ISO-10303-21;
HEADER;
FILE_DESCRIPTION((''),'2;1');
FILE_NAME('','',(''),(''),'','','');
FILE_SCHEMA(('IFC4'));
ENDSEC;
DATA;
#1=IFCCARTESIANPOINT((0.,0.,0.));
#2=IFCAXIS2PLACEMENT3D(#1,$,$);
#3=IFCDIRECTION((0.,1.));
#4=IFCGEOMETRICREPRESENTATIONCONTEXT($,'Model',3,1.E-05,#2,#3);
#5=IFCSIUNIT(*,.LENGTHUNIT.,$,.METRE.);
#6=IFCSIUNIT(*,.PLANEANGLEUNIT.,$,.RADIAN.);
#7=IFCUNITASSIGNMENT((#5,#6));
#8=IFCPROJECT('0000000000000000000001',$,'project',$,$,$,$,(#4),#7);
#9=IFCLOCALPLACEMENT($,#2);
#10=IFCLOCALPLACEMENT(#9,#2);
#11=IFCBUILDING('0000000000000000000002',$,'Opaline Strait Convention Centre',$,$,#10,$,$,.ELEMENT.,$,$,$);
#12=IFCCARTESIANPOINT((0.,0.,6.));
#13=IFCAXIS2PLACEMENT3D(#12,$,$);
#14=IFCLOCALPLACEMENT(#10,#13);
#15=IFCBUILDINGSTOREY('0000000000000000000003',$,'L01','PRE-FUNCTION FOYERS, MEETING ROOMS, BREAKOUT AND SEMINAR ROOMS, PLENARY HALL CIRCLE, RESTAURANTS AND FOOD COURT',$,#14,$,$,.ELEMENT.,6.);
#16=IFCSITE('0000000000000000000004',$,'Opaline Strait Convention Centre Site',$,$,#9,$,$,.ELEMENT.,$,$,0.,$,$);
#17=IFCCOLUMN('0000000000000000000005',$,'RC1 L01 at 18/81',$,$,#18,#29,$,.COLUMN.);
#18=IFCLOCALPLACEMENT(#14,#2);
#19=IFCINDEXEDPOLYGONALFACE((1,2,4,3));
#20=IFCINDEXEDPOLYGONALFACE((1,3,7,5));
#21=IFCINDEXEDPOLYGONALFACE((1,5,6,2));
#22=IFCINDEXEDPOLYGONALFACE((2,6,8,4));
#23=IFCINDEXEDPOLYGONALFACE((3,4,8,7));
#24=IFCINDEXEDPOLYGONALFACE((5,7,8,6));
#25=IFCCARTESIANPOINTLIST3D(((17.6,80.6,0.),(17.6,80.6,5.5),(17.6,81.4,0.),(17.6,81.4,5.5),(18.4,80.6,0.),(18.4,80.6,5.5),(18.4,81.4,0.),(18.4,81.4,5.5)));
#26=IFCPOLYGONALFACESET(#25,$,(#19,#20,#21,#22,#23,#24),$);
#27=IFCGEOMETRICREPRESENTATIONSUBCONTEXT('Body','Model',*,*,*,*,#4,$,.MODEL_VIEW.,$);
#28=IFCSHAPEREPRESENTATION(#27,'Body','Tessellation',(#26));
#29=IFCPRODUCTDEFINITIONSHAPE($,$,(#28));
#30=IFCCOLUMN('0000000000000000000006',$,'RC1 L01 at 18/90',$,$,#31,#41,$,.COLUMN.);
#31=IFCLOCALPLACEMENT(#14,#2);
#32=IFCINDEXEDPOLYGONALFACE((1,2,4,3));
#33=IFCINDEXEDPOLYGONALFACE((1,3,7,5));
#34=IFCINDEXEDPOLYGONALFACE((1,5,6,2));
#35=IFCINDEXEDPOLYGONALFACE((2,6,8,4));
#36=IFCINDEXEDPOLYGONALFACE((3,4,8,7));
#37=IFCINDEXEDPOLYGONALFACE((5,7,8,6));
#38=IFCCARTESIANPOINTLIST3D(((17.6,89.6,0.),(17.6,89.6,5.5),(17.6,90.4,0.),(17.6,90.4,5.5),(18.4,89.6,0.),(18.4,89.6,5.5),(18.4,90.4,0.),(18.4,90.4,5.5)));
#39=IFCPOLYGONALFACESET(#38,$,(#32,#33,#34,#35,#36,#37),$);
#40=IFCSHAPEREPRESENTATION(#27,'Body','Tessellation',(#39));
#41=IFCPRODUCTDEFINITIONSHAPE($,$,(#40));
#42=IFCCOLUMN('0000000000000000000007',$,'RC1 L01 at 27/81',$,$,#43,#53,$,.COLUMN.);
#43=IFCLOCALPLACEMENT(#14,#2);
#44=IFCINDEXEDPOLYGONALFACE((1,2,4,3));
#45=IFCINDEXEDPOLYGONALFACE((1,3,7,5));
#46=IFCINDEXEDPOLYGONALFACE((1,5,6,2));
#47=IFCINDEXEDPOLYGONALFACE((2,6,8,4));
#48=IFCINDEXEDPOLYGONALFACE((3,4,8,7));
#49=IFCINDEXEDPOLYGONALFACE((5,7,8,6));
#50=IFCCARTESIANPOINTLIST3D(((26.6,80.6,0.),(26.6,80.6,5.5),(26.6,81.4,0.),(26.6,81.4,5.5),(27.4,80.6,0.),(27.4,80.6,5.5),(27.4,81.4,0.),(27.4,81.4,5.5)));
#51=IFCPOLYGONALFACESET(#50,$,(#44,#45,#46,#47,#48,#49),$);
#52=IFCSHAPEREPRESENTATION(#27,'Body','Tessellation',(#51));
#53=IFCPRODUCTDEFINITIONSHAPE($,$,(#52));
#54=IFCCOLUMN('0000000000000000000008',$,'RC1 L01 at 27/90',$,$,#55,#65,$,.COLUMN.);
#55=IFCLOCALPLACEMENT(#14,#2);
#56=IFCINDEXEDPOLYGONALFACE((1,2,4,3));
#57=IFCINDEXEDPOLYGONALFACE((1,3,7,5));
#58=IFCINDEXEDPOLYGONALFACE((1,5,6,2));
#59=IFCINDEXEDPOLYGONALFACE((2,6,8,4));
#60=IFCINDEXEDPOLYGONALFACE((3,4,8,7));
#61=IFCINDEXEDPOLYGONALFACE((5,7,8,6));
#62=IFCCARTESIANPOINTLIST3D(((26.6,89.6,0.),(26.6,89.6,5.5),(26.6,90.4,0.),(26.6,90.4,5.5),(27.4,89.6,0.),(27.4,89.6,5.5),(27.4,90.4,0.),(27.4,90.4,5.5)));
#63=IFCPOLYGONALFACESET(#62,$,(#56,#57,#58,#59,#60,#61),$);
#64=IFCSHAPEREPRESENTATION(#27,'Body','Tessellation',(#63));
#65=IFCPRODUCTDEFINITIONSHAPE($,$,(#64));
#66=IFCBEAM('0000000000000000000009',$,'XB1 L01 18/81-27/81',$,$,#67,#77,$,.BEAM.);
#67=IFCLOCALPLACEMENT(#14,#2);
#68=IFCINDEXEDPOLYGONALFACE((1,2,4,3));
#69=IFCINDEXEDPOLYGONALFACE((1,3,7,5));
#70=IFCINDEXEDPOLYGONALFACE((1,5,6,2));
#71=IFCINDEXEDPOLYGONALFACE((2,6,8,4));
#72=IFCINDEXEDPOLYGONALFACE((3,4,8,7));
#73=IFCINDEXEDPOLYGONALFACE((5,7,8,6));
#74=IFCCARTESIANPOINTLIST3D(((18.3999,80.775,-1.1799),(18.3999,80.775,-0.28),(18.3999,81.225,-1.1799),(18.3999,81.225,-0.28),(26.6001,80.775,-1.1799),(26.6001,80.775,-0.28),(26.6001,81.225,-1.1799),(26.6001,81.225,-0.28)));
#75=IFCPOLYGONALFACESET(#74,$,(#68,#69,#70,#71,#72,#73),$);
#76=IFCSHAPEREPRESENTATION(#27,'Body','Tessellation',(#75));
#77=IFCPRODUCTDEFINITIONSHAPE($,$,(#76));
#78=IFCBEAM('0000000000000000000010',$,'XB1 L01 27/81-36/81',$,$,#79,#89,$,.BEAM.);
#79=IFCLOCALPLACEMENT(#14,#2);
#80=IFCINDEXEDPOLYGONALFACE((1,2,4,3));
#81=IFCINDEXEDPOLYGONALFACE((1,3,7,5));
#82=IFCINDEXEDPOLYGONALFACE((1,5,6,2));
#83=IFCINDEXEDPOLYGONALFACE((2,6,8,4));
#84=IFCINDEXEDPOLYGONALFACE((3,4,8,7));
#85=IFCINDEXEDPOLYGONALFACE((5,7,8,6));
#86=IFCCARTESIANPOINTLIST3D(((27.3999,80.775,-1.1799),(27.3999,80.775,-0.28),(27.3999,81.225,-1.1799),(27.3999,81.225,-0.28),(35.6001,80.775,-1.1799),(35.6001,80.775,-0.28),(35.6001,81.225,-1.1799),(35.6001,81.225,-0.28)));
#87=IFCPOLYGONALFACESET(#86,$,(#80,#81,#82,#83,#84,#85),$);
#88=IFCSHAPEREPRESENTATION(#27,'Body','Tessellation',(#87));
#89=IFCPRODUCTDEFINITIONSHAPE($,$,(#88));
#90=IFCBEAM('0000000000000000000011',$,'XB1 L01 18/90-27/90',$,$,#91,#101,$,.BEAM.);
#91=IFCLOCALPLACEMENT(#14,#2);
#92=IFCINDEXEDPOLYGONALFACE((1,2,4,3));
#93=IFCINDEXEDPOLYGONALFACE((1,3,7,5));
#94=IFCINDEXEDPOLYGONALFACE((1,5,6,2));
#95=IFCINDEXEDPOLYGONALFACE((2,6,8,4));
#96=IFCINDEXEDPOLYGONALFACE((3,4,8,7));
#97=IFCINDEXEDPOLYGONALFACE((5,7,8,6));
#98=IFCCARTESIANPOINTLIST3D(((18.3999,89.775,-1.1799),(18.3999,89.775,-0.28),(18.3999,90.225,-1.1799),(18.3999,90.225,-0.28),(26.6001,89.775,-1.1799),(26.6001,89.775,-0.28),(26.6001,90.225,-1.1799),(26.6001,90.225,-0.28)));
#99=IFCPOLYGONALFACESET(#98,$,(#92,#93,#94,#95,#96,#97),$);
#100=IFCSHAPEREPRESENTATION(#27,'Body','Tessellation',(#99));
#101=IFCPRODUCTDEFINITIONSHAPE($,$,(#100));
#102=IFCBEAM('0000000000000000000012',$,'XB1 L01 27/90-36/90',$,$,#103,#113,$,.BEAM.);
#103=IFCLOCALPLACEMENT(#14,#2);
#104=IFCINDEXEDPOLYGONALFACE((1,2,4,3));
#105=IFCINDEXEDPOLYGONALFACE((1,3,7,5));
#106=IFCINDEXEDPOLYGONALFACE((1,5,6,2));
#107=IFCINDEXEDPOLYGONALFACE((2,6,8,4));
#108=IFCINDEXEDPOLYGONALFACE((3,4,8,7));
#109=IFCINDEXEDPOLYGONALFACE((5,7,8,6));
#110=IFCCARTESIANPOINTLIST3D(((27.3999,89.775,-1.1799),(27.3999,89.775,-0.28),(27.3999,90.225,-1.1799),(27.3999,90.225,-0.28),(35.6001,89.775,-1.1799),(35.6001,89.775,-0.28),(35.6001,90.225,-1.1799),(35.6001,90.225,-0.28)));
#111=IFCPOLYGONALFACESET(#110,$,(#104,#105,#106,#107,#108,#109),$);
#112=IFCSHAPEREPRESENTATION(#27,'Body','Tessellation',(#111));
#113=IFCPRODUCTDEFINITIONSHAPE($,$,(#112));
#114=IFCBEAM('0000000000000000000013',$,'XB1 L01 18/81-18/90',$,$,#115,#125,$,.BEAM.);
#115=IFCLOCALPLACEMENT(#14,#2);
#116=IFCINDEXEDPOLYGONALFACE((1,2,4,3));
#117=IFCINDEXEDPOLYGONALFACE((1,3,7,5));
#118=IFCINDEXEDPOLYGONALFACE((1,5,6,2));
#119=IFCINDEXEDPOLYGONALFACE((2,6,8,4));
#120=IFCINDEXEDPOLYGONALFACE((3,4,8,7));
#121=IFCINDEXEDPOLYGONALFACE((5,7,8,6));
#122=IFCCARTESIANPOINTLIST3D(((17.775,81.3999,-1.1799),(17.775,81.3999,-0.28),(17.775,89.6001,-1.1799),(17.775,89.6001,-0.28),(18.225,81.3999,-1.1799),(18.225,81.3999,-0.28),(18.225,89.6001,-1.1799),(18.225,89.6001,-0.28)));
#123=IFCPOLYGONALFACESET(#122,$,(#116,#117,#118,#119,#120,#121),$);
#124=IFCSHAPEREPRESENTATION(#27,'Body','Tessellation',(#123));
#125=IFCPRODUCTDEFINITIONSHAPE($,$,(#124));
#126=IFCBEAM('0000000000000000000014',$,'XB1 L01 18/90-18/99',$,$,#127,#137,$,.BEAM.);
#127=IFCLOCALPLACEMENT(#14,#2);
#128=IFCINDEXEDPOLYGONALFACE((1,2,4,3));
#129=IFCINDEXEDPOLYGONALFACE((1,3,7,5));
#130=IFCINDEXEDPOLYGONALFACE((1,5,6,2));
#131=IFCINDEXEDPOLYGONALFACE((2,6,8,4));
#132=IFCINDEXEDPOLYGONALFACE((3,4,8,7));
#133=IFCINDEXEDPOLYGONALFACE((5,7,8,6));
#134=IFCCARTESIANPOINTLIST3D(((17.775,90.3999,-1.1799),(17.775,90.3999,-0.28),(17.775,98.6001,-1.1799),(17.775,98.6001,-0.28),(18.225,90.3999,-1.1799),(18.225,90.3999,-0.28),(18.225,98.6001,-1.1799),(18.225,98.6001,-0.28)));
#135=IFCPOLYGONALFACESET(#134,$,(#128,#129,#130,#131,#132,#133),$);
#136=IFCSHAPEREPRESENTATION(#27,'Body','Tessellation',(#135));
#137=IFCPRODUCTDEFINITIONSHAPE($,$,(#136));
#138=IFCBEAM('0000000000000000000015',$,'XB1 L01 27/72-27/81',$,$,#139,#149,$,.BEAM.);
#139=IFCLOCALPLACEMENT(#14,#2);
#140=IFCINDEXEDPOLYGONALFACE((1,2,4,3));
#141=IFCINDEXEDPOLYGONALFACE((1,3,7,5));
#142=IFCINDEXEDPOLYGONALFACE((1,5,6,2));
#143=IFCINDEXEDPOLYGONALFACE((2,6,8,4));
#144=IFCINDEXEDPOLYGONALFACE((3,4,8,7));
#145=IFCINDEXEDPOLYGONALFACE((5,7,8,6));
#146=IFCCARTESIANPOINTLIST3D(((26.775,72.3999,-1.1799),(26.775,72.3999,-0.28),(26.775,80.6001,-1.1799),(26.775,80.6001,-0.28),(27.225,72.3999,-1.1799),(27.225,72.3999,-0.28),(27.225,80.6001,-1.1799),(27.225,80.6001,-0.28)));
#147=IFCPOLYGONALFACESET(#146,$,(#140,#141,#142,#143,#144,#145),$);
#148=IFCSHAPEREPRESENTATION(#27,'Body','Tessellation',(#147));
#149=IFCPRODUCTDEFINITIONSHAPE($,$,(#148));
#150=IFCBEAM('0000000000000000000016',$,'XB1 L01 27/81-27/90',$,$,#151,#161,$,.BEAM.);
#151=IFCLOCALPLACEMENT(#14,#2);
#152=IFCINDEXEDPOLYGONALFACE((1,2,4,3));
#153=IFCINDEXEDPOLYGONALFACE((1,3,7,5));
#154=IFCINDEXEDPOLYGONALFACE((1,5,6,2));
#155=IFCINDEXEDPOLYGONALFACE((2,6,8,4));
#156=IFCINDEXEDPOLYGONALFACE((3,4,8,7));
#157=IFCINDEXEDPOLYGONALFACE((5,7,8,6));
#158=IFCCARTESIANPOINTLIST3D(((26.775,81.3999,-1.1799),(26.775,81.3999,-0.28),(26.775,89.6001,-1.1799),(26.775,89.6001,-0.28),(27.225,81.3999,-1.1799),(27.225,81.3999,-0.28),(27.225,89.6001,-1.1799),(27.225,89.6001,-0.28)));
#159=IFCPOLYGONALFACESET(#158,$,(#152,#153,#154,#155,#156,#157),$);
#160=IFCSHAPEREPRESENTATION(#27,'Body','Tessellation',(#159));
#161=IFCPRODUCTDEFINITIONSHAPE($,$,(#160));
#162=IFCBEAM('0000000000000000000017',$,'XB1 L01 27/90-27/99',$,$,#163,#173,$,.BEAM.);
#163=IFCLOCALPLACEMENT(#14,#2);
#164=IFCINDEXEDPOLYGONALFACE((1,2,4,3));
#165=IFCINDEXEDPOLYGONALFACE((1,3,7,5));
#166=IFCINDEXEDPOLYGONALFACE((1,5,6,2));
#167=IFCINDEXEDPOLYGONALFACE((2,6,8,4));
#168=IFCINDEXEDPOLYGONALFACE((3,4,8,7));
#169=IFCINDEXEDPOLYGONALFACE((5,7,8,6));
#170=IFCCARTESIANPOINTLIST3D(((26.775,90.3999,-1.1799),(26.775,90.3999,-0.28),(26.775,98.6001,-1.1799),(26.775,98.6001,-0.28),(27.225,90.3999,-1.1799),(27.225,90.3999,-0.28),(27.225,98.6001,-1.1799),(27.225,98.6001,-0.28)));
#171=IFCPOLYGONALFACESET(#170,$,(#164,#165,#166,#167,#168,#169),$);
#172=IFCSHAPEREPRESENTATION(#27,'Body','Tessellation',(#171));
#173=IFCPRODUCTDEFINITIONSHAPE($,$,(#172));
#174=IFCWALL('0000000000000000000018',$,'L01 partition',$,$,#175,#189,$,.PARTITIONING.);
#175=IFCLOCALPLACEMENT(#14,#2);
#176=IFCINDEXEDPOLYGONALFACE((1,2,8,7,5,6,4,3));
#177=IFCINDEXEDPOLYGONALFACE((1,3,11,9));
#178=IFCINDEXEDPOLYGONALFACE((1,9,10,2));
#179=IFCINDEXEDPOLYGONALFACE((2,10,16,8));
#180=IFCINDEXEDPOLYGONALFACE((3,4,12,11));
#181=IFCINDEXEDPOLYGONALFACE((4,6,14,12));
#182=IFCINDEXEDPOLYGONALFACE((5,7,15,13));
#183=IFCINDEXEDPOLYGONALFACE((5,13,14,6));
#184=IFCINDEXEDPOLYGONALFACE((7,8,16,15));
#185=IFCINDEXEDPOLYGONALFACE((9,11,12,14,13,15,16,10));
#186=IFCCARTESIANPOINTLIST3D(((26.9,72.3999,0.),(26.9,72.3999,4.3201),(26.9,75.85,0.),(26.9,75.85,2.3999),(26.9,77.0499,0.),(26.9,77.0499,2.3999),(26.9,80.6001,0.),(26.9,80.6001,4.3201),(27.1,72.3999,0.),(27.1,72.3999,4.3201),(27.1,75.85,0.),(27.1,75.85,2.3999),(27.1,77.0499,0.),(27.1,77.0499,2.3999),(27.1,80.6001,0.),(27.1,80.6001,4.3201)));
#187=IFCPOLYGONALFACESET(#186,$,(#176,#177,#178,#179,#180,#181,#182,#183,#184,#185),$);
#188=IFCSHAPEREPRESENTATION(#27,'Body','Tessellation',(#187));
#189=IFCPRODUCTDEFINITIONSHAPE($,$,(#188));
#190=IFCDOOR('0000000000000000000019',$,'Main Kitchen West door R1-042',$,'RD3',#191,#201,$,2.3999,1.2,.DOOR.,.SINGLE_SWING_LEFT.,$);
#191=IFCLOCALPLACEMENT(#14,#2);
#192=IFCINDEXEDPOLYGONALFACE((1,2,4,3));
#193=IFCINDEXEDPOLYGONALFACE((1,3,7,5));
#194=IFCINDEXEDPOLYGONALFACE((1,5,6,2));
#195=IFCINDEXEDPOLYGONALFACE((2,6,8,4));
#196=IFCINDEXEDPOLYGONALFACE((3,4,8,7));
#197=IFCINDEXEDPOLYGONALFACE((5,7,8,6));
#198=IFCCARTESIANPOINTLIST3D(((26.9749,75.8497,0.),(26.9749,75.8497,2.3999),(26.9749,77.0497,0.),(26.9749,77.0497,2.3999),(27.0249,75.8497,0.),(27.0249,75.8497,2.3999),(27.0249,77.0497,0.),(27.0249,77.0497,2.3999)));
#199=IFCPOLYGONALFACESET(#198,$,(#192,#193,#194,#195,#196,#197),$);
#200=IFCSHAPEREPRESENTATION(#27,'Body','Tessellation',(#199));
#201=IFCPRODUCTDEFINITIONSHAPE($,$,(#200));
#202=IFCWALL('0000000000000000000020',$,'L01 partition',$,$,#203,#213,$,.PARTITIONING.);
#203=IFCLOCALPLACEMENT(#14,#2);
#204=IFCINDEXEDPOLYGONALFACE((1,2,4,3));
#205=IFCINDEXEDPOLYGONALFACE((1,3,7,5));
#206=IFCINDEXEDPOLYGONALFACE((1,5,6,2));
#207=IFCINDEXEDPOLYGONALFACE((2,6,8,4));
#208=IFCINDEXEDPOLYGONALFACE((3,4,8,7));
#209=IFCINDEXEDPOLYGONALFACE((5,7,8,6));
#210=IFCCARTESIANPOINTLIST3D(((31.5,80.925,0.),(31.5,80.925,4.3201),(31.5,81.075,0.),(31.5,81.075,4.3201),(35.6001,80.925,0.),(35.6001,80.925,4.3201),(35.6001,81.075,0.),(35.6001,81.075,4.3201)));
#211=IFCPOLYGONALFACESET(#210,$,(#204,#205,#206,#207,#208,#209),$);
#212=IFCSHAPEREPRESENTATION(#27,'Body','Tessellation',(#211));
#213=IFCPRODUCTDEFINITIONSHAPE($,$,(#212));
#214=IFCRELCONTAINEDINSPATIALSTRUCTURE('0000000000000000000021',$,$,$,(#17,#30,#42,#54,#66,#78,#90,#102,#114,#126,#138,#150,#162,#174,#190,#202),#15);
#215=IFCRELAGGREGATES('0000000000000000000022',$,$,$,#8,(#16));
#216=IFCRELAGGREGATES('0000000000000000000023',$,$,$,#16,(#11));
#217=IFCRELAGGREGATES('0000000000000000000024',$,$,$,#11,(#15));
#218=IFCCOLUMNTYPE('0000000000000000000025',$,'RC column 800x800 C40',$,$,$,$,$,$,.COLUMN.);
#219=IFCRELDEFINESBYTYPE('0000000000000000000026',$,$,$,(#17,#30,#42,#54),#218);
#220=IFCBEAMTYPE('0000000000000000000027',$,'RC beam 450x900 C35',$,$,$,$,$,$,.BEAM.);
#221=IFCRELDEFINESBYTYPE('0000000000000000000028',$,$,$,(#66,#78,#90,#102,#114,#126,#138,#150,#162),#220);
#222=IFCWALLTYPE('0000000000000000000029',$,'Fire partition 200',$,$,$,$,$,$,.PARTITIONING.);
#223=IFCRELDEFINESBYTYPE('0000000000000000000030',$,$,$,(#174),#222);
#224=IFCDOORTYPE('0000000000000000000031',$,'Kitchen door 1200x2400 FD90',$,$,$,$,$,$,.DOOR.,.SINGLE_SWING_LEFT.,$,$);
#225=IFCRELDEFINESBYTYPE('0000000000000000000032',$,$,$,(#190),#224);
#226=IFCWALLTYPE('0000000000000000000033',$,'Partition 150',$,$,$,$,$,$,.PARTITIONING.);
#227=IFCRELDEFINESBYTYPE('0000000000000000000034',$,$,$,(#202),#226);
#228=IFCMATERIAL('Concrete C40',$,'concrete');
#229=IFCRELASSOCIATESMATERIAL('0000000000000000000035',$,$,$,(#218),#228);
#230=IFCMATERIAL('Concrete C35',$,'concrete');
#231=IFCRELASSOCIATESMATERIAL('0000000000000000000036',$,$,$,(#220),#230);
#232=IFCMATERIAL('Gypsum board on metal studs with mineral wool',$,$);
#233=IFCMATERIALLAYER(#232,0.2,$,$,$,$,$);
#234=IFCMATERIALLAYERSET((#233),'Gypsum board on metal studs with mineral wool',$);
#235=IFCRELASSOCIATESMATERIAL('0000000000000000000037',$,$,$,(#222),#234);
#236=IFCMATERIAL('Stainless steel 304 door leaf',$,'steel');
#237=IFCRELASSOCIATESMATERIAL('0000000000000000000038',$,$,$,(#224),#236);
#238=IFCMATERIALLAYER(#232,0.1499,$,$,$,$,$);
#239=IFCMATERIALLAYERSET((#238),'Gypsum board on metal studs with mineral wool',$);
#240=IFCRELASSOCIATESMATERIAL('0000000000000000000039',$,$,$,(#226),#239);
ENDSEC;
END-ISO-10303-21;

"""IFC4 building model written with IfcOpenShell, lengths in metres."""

from ifc_helpers import new_model, si_unit, direction, frame, frame_2d, origin, origin_2d, place, context, subcontext, project, spatial, rectangle, extrude, material, layer, layer_set, material_profile, profile_set, type_object, element, fill, save


model = new_model("IFC4")

# Units and contexts
model_context = context("Model", 3, precision=1e-05, world=origin(), true_north=direction((0.0, 1.0)))
body_context = subcontext(model_context, "Body", "Model", "MODEL_VIEW")
ifc_project = project(units=[si_unit("LENGTHUNIT", "METRE"), si_unit("PLANEANGLEUNIT", "RADIAN")], contexts=[model_context])

# Site, building, storey
site_placement = place(None, origin())
site = spatial("IfcSite", under=ifc_project, at=site_placement, Name="Opaline Strait Convention Centre Site", CompositionType="ELEMENT", RefElevation=0.0)
building_placement = place(site_placement, origin())
building = spatial("IfcBuilding", under=site, at=building_placement, Name="Opaline Strait Convention Centre", CompositionType="ELEMENT")
storey_placement = place(building_placement, frame((0.0, 0.0, 6.0)))
storey = spatial("IfcBuildingStorey", under=building, at=storey_placement, Name="L01", Description="PRE-FUNCTION FOYERS, MEETING ROOMS, BREAKOUT AND SEMINAR ROOMS, PLENARY HALL CIRCLE, RESTAURANTS AND FOOD COURT", CompositionType="ELEMENT", Elevation=6.0)

# Columns
ifc_material_1 = material(Name="Concrete C40", Category="concrete")
ifc_material_profile_1 = material_profile(ifc_material_1, rectangle(XDim=0.8, YDim=0.8, at=origin_2d()), Name="RC 800x800")
ifc_profile_set_1 = profile_set([ifc_material_profile_1], Name="Concrete C40")
column_type = type_object("IfcColumnType", Name="RC column 800x800 C40", PredefinedType="COLUMN", material=ifc_profile_set_1)
for number, where, z_axis, x_axis, name in (
    (1, (18.0, 81.0, 0.0), (0.0, 0.0, 1.0), (1.0, 0.0, 0.0), "RC1 L01 at 18/81"),
    (2, (18.0, 90.0, 0.0), (0.0, 0.0, 1.0), (1.0, 0.0, 0.0), "RC1 L01 at 18/90"),
    (3, (27.0, 81.0, 0.0), (0.0, 0.0, 1.0), (1.0, 0.0, 0.0), "RC1 L01 at 27/81"),
    (4, (27.0, 90.0, 0.0), (0.0, 0.0, 1.0), (1.0, 0.0, 0.0), "RC1 L01 at 27/90"),
):
    element("IfcColumn", number, at=place(storey_placement, frame(where, z_axis=z_axis, x_axis=x_axis)), inside=storey, type_object=column_type, Name=name, PredefinedType="COLUMN", context=body_context, shape_type="SweptSolid", body=[
        extrude(rectangle(XDim=0.8, YDim=0.8, at=origin_2d()), origin(), (0.0, 0.0, 1.0), 5.5),
    ])

# Beams
ifc_material_2 = material(Name="Concrete C35", Category="concrete")
ifc_material_profile_2 = material_profile(ifc_material_2, rectangle(XDim=0.45, YDim=0.8999, at=origin_2d()), Name="RC 450x900")
ifc_profile_set_2 = profile_set([ifc_material_profile_2], Name="Concrete C35")
beam_type = type_object("IfcBeamType", Name="RC beam 450x900 C35", PredefinedType="BEAM", material=ifc_profile_set_2)
for number, where, z_axis, x_axis, name in (
    (5, (18.3999, 81.0, -0.73), (1.0, 0.0, 0.0), (0.0, 1.0, 0.0), "XB1 L01 18/81-27/81"),
    (6, (27.3999, 81.0, -0.73), (1.0, 0.0, 0.0), (0.0, 1.0, 0.0), "XB1 L01 27/81-36/81"),
    (7, (18.3999, 90.0, -0.73), (1.0, 0.0, 0.0), (0.0, 1.0, 0.0), "XB1 L01 18/90-27/90"),
    (8, (27.3999, 90.0, -0.73), (1.0, 0.0, 0.0), (0.0, 1.0, 0.0), "XB1 L01 27/90-36/90"),
    (9, (18.0, 81.3999, -0.73), (0.0, 1.0, 0.0), (-1.0, 0.0, 0.0), "XB1 L01 18/81-18/90"),
    (10, (18.0, 90.3999, -0.73), (0.0, 1.0, 0.0), (-1.0, 0.0, 0.0), "XB1 L01 18/90-18/99"),
    (11, (27.0, 72.3999, -0.73), (0.0, 1.0, 0.0), (-1.0, 0.0, 0.0), "XB1 L01 27/72-27/81"),
    (12, (27.0, 81.3999, -0.73), (0.0, 1.0, 0.0), (-1.0, 0.0, 0.0), "XB1 L01 27/81-27/90"),
    (13, (27.0, 90.3999, -0.73), (0.0, 1.0, 0.0), (-1.0, 0.0, 0.0), "XB1 L01 27/90-27/99"),
):
    element("IfcBeam", number, at=place(storey_placement, frame(where, z_axis=z_axis, x_axis=x_axis)), inside=storey, type_object=beam_type, Name=name, PredefinedType="BEAM", context=body_context, shape_type="SweptSolid", body=[
        extrude(rectangle(XDim=0.45, YDim=0.8999, at=origin_2d()), origin(), (0.0, 0.0, 1.0), 8.2002),
    ])

# Wall, opening, door
ifc_material_3 = material(Name="Gypsum board on metal studs with mineral wool")
ifc_layer_1 = layer(ifc_material_3, 0.2)
ifc_layer_set_1 = layer_set([ifc_layer_1], Name="Gypsum board on metal studs with mineral wool")
wall_type_1 = type_object("IfcWallType", Name="Fire partition 200", PredefinedType="PARTITIONING", material=ifc_layer_set_1)
wall_1_placement = place(storey_placement, frame((27.0, 72.3999, 0.0), z_axis=(0.0, 0.0, 1.0), x_axis=(0.0, 1.0, 0.0)))
wall_1 = element("IfcWall", 14, at=wall_1_placement, inside=storey, type_object=wall_type_1, Name="L01 partition", PredefinedType="PARTITIONING", context=body_context, shape_type="SweptSolid", body=[
    extrude(rectangle(XDim=8.2002, YDim=0.2, at=frame_2d((4.1001, 0.0))), origin(), (0.0, 0.0, 1.0), 4.3201),
])
opening_1_placement = place(wall_1_placement, frame((3.45, 0.0, 0.0)))
opening_1 = element("IfcOpeningElement", 15, at=opening_1_placement, cuts=wall_1, PredefinedType="OPENING", context=body_context, shape_type="SweptSolid", body=[
    extrude(rectangle(XDim=1.2, YDim=2.3999, at=frame_2d((0.6001, 1.2))), frame((0.0, 0.1099, 0.0), z_axis=(0.0, -1.0, 0.0), x_axis=(1.0, 0.0, 0.0)), (0.0, 0.0, 1.0), 0.22),
])
ifc_material_4 = material(Name="Stainless steel 304 door leaf", Category="steel")
door_type_1 = type_object("IfcDoorType", Name="Kitchen door 1200x2400 FD90", OperationType="SINGLE_SWING_LEFT", PredefinedType="DOOR", material=ifc_material_4)
door_1_placement = place(opening_1_placement, frame((1.2, 0.0, 0.0), z_axis=(0.0, 0.0, 1.0), x_axis=(-1.0, 0.0, 0.0)))
door_1 = element("IfcDoor", 16, at=door_1_placement, inside=storey, type_object=door_type_1, Name="Main Kitchen West door R1-042", ObjectType="RD3", OperationType="SINGLE_SWING_LEFT", OverallHeight=2.3999, OverallWidth=1.2, PredefinedType="DOOR", context=body_context, shape_type="SweptSolid", body=[
    extrude(rectangle(XDim=1.2, YDim=2.3999, at=frame_2d((0.6001, 1.2))), frame((0.0, 0.0249, 0.0), z_axis=(0.0, -1.0, 0.0), x_axis=(1.0, 0.0, 0.0)), (0.0, 0.0, 1.0), 0.05),
])
fill(opening_1, door_1)

# Wall
ifc_layer_2 = layer(ifc_material_3, 0.1499)
ifc_layer_set_2 = layer_set([ifc_layer_2], Name="Gypsum board on metal studs with mineral wool")
wall_type_2 = type_object("IfcWallType", Name="Partition 150", PredefinedType="PARTITIONING", material=ifc_layer_set_2)
wall_2_placement = place(storey_placement, frame((31.5, 81.0, 0.0), z_axis=(0.0, 0.0, 1.0), x_axis=(1.0, 0.0, 0.0)))
element("IfcWall", 17, at=wall_2_placement, inside=storey, type_object=wall_type_2, Name="L01 partition", PredefinedType="PARTITIONING", context=body_context, shape_type="SweptSolid", body=[
    extrude(rectangle(XDim=4.1001, YDim=0.1499, at=frame_2d((2.05, 0.0))), origin(), (0.0, 0.0, 1.0), 4.3201),
])

save(model, "model.ifc")
